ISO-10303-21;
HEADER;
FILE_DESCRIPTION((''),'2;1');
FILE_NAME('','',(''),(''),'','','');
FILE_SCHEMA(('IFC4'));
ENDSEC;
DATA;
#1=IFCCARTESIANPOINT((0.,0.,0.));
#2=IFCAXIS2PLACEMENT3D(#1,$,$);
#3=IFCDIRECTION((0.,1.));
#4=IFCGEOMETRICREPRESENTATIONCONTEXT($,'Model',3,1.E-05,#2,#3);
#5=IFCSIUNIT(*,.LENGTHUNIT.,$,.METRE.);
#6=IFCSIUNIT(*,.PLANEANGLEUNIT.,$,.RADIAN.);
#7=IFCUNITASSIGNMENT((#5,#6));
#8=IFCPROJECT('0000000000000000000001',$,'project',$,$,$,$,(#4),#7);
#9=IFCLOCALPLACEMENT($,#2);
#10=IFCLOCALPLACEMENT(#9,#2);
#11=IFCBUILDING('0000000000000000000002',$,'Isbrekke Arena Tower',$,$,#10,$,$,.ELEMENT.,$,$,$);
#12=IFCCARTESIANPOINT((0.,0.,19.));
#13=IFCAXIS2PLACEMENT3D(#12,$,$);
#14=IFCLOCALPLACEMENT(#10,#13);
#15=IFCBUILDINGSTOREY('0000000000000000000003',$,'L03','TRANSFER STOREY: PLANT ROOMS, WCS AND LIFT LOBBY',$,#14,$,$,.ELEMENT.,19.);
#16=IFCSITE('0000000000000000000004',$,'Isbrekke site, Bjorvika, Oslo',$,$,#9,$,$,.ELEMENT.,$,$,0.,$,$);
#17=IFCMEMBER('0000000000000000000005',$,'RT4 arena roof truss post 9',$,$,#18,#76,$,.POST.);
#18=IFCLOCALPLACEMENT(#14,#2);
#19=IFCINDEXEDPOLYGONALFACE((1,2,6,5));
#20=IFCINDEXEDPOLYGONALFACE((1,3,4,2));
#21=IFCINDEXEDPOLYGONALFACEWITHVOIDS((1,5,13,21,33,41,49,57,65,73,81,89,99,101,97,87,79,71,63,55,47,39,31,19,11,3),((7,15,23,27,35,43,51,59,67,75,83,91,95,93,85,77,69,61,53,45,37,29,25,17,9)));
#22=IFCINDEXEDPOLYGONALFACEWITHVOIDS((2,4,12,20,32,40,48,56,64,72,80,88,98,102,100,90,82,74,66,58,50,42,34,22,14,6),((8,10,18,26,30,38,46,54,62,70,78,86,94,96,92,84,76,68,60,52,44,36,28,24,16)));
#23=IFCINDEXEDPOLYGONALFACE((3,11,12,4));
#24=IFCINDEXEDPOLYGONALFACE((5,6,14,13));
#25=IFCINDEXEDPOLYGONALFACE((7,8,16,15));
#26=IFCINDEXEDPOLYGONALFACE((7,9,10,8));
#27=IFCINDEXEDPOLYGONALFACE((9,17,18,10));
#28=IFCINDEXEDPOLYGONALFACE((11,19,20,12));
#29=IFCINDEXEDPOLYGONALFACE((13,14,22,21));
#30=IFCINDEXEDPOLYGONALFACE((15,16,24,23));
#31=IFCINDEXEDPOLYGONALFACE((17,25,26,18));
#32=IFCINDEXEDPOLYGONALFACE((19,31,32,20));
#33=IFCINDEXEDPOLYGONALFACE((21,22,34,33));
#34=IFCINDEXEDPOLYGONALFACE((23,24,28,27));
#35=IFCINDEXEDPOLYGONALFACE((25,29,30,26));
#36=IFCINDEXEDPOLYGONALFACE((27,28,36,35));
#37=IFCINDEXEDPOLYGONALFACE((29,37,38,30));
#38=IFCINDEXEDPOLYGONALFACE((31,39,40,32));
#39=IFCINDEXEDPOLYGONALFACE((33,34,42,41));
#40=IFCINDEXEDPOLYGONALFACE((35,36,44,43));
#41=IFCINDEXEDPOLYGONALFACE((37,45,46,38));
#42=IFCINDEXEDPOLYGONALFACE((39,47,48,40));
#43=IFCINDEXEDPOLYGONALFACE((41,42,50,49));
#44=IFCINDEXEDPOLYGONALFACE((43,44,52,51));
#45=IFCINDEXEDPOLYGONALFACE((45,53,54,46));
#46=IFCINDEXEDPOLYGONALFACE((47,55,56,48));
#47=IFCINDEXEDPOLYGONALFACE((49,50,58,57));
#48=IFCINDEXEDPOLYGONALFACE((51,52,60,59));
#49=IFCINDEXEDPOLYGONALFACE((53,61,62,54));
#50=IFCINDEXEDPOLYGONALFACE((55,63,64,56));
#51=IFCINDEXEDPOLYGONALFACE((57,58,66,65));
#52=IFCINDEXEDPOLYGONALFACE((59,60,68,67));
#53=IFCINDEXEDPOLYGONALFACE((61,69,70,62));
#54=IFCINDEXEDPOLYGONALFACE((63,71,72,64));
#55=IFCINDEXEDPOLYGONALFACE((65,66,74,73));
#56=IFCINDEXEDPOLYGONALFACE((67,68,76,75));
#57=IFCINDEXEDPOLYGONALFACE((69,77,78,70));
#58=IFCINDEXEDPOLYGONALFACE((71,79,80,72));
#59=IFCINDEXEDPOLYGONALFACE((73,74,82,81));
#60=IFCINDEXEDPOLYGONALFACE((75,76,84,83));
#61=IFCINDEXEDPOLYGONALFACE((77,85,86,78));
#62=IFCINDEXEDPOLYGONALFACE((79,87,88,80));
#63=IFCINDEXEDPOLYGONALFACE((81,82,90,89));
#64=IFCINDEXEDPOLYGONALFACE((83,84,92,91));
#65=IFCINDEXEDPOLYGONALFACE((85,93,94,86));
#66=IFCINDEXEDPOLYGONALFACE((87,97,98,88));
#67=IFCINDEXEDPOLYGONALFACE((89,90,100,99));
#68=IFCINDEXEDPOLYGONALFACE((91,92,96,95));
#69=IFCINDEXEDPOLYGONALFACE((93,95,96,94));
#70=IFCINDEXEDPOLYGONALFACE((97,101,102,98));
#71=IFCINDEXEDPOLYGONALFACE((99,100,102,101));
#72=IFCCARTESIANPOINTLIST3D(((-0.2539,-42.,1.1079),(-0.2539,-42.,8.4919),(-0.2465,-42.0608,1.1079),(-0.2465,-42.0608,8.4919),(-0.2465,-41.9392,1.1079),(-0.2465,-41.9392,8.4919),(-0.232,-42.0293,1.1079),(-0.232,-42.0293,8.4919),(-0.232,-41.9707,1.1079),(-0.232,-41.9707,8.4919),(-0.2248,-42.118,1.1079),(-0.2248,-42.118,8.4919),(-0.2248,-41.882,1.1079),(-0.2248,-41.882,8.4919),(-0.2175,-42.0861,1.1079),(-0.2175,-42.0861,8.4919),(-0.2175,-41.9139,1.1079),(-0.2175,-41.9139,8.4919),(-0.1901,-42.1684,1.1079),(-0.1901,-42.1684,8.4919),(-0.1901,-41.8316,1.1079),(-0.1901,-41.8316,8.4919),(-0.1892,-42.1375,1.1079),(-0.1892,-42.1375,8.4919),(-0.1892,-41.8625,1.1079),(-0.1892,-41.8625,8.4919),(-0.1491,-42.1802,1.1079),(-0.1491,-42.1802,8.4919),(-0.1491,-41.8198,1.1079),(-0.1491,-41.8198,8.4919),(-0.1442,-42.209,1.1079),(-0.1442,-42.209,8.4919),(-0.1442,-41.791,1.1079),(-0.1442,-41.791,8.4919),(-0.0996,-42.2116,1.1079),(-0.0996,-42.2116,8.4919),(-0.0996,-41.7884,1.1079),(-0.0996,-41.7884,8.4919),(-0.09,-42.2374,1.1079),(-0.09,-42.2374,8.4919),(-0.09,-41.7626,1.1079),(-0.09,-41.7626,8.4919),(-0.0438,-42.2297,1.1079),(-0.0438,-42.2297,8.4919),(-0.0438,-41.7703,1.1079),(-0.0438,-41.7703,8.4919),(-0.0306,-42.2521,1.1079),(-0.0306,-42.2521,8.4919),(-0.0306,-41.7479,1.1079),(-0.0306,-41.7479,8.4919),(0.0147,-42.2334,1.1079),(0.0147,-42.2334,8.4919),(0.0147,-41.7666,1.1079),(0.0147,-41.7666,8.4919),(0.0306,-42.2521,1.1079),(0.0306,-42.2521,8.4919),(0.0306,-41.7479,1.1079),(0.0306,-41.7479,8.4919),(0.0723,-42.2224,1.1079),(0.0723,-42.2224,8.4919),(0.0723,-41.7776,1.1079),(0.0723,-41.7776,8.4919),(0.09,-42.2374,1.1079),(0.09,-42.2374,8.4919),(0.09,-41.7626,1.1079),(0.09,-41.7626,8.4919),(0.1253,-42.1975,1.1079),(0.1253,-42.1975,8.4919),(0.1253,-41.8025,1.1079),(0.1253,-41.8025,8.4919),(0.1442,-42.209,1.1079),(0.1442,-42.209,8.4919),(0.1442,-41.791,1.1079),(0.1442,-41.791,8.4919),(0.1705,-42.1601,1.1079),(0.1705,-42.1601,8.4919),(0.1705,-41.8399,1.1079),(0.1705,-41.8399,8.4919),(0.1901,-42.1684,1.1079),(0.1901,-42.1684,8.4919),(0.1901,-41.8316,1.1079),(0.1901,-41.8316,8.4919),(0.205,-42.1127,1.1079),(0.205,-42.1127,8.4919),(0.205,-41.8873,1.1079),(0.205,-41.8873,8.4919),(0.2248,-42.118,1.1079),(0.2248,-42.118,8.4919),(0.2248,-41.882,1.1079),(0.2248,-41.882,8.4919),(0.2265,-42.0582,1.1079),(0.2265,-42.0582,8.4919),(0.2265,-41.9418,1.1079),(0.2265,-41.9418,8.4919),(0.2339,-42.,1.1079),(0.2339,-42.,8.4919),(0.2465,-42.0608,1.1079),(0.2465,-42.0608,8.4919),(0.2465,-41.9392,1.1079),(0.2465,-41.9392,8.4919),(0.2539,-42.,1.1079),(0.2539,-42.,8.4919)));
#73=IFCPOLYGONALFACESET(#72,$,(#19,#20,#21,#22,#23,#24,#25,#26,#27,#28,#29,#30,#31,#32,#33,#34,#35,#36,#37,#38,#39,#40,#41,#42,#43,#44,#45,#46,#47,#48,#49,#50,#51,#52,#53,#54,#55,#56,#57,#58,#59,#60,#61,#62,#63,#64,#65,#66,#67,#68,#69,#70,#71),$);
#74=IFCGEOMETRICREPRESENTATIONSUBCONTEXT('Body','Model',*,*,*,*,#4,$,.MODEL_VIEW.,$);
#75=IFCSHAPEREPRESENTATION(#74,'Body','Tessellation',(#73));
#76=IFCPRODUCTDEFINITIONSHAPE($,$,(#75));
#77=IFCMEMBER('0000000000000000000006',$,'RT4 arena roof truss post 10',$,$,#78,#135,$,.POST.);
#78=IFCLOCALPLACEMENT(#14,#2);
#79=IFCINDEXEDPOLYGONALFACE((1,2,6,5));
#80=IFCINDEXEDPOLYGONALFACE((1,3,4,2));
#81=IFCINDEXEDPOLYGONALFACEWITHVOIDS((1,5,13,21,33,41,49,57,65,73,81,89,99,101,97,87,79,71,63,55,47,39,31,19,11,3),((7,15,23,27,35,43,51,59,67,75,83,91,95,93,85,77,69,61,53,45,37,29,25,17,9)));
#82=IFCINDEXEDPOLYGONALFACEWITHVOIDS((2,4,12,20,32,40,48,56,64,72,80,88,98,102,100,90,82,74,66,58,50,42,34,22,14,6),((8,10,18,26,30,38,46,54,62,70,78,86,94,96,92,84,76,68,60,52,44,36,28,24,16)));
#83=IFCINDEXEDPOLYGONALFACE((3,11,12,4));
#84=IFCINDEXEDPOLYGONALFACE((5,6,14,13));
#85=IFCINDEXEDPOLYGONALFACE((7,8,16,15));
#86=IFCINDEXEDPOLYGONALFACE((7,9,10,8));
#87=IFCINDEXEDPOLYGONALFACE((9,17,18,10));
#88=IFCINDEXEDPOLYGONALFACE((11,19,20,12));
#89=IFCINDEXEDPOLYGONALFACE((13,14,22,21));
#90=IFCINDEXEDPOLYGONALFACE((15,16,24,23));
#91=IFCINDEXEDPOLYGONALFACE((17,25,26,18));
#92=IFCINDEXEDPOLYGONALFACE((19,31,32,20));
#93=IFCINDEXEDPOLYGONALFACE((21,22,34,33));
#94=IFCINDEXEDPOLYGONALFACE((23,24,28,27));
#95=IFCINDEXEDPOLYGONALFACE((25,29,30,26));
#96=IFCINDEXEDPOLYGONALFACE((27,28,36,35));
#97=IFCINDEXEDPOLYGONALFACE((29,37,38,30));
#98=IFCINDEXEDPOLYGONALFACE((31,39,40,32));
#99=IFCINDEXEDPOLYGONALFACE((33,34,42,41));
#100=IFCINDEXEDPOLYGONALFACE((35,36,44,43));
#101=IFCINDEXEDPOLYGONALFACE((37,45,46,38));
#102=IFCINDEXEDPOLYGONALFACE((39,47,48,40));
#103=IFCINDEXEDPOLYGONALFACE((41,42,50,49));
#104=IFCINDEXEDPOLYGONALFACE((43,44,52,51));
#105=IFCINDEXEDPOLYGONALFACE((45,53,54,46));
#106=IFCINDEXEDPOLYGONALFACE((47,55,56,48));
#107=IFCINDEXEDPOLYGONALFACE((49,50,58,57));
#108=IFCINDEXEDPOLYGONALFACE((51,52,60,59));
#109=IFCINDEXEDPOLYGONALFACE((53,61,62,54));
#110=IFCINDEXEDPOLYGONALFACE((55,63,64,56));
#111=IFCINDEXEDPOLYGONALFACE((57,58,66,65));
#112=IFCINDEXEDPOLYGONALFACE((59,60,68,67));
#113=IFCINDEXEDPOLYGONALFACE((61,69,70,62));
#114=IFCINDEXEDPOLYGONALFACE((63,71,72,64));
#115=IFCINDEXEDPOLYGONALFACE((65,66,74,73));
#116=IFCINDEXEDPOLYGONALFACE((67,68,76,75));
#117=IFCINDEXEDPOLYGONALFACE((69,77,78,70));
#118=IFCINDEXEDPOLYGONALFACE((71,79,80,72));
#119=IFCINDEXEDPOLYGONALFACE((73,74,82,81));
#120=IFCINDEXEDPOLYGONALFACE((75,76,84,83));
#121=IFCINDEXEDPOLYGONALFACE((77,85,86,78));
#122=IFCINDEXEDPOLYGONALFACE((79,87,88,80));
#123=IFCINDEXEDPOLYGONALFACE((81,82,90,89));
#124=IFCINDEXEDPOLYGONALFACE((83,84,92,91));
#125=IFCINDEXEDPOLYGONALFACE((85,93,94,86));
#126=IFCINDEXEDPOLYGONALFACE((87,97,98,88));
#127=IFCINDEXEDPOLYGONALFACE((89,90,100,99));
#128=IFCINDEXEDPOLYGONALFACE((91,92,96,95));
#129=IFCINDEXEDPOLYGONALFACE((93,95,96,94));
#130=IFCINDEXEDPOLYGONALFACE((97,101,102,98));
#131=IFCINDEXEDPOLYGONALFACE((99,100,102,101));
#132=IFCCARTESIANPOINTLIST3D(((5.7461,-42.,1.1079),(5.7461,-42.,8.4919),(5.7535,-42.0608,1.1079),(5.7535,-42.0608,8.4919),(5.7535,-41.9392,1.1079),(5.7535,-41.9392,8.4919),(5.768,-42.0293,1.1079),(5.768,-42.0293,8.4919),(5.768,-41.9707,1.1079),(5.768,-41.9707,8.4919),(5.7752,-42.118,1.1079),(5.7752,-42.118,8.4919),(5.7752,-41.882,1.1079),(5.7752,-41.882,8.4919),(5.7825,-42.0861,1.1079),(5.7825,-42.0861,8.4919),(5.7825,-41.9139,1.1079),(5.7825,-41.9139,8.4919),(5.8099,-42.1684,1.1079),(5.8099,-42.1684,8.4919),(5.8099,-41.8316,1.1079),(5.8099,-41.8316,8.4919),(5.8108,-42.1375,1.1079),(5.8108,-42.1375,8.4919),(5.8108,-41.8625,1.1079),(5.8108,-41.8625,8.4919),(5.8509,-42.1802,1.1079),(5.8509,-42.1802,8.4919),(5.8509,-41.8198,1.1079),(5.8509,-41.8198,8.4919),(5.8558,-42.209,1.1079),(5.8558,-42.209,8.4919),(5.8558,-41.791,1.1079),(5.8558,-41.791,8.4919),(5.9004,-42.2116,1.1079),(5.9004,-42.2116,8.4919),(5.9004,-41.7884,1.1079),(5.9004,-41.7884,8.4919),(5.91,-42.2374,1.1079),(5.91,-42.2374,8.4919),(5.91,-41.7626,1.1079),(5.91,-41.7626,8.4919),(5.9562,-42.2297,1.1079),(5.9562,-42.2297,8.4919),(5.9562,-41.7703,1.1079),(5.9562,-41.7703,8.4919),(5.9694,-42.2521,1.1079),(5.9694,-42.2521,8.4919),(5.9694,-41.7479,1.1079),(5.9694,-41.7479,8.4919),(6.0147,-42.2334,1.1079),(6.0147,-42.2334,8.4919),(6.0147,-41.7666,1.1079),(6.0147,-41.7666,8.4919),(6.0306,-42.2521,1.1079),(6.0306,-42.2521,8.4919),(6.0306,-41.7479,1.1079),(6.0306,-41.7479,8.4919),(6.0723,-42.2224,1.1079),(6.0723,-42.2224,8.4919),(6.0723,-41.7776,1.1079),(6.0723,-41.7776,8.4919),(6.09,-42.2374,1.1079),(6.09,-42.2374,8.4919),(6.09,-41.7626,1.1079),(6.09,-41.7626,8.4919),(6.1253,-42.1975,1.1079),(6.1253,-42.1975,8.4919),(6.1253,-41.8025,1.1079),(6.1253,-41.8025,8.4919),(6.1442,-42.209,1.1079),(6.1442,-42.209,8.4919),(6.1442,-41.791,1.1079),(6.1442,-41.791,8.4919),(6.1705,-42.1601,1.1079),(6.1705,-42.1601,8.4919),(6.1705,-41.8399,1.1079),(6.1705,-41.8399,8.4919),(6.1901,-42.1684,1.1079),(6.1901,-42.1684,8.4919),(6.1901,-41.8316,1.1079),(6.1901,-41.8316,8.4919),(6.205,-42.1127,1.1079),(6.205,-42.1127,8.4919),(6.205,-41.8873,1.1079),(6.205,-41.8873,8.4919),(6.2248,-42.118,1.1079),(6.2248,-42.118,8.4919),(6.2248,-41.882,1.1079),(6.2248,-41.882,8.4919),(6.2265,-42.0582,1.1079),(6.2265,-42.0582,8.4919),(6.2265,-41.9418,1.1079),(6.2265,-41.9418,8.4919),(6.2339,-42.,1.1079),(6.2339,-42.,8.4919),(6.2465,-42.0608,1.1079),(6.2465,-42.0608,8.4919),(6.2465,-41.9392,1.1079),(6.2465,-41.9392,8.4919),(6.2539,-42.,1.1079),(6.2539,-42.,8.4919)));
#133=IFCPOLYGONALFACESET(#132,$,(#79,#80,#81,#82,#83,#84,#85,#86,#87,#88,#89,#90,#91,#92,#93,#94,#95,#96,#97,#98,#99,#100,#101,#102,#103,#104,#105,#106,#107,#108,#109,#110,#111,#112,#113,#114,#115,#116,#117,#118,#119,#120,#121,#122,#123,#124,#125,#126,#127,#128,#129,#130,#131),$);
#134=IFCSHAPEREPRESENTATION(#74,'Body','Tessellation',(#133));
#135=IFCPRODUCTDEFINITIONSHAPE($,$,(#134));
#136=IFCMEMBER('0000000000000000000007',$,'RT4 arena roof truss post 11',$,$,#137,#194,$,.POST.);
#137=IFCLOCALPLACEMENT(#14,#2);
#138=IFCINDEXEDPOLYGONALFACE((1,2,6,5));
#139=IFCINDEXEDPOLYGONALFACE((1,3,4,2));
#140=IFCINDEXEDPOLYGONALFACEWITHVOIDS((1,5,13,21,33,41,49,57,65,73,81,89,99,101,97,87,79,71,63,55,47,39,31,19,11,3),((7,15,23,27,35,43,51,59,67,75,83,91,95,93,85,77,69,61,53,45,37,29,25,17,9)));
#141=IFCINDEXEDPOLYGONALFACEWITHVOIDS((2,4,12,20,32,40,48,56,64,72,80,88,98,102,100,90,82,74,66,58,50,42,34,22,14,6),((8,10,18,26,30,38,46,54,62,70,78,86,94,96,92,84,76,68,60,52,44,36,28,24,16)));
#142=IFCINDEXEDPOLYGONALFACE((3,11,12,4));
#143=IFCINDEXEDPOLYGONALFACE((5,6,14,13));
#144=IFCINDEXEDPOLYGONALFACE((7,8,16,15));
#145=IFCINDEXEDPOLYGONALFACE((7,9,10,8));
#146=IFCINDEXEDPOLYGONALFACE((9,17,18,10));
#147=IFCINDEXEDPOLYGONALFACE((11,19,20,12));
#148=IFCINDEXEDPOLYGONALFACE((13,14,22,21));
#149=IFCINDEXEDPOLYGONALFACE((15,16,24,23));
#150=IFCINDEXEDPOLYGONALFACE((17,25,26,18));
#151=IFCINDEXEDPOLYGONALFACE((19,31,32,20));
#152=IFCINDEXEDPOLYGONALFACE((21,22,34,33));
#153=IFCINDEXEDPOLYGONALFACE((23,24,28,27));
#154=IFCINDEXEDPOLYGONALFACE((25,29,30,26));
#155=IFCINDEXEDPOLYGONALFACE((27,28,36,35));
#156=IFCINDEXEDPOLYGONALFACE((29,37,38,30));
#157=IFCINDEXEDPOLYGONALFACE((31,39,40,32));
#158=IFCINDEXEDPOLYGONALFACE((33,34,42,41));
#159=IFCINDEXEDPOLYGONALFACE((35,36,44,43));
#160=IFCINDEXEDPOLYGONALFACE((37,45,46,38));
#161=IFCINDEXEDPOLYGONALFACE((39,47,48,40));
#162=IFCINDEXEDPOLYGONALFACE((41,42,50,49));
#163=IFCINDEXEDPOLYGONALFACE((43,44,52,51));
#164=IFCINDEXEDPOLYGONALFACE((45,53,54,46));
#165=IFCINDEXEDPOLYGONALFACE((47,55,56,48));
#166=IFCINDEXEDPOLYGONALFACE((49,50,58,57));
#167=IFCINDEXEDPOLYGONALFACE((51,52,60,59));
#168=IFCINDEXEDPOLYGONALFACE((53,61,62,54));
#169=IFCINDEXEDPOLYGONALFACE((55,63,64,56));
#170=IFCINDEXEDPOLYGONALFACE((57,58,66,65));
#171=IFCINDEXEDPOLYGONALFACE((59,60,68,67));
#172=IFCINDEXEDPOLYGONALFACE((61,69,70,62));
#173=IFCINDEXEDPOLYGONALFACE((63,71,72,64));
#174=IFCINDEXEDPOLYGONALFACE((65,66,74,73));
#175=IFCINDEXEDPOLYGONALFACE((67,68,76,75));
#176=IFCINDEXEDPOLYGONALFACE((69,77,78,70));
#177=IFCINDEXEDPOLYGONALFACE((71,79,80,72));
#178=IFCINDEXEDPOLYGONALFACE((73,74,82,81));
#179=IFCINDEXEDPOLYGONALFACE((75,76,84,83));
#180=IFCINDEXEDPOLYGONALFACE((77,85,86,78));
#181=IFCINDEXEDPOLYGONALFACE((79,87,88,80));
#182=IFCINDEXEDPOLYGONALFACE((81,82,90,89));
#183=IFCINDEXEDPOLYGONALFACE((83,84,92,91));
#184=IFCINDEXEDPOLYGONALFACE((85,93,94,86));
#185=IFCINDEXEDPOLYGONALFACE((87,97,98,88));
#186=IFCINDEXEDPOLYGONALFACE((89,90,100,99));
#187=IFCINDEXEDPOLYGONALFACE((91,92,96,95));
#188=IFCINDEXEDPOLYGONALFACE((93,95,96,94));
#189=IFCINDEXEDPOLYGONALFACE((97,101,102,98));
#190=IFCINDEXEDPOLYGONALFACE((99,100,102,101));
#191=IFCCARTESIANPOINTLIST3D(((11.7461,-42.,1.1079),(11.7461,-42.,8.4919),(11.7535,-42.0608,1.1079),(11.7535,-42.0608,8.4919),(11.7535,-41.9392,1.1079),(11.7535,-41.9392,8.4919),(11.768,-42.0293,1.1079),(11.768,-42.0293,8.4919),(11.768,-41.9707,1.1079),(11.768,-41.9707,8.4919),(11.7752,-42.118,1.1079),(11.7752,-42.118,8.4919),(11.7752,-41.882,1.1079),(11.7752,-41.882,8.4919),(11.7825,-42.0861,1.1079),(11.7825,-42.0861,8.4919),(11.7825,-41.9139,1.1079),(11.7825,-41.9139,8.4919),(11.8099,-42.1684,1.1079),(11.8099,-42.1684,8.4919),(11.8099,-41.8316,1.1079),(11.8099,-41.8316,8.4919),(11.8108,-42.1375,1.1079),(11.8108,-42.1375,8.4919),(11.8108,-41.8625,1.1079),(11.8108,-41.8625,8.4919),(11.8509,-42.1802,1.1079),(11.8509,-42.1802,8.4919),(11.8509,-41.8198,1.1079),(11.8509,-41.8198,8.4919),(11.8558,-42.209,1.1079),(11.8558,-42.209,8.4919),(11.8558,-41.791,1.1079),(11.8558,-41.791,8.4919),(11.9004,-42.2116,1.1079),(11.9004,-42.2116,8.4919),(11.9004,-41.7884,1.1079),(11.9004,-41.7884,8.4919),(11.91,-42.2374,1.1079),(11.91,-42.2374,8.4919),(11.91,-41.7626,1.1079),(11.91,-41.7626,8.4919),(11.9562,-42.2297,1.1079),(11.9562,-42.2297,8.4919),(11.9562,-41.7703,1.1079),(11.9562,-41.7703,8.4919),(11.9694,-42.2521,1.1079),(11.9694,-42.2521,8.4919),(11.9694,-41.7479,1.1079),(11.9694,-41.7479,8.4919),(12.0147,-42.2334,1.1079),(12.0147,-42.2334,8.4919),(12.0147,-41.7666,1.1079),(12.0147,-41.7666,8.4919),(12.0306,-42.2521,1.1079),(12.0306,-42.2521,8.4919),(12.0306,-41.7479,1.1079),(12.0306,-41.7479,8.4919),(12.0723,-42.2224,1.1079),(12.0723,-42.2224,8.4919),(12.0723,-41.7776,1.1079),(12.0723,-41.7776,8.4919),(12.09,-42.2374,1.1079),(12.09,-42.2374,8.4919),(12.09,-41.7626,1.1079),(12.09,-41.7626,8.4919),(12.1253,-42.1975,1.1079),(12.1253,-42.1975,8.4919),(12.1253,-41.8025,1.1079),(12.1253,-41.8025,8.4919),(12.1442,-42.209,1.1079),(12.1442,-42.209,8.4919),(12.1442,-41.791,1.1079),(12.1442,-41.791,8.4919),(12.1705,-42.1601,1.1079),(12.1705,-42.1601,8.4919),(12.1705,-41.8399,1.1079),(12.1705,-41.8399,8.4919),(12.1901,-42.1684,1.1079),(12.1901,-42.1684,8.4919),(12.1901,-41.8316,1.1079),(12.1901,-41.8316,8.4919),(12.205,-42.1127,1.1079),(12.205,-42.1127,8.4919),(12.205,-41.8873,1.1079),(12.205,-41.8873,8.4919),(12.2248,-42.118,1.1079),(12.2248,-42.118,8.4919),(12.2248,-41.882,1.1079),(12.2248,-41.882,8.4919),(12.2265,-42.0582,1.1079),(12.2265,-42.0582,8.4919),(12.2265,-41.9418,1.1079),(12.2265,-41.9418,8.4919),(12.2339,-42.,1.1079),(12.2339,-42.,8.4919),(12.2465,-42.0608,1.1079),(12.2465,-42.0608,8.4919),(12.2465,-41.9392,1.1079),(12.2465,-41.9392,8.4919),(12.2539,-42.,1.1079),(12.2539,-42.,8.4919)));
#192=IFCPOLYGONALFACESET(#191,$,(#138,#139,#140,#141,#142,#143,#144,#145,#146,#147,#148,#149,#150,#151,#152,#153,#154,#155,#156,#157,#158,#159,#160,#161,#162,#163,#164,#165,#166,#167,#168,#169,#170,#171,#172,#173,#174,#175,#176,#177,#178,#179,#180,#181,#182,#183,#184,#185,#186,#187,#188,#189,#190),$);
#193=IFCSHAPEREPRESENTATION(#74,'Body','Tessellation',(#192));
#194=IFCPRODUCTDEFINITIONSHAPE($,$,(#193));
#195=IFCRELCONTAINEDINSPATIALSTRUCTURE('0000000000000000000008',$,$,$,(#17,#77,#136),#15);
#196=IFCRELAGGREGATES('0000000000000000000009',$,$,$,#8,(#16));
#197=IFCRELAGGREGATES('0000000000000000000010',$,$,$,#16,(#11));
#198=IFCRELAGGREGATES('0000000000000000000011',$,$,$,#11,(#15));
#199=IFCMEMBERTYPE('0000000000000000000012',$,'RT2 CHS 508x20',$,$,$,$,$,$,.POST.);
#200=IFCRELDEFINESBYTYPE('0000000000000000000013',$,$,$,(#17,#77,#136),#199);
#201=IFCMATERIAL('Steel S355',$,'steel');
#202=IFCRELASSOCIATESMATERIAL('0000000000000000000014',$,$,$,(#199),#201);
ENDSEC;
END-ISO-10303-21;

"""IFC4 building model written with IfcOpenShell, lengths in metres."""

from ifc_helpers import new_model, si_unit, direction, frame, origin, origin_2d, place, context, subcontext, project, spatial, hollow_circle, extrude, material, material_profile, profile_set, type_object, element, save


model = new_model("IFC4")

# Units and contexts
model_context = context("Model", 3, precision=1e-05, world=origin(), true_north=direction((0.0, 1.0)))
body_context = subcontext(model_context, "Body", "Model", "MODEL_VIEW")
ifc_project = project(units=[si_unit("LENGTHUNIT", "METRE"), si_unit("PLANEANGLEUNIT", "RADIAN")], contexts=[model_context])

# Site, building, storey
site_placement = place(None, origin())
site = spatial("IfcSite", under=ifc_project, at=site_placement, Name="Isbrekke site, Bjorvika, Oslo", CompositionType="ELEMENT", RefElevation=0.0)
building_placement = place(site_placement, origin())
building = spatial("IfcBuilding", under=site, at=building_placement, Name="Isbrekke Arena Tower", CompositionType="ELEMENT")
storey_placement = place(building_placement, frame((0.0, 0.0, 19.0)))
storey = spatial("IfcBuildingStorey", under=building, at=storey_placement, Name="L03", Description="TRANSFER STOREY: PLANT ROOMS, WCS AND LIFT LOBBY", CompositionType="ELEMENT", Elevation=19.0)

# Members
ifc_material_1 = material(Name="Steel S355", Category="steel")
ifc_material_profile_1 = material_profile(ifc_material_1, hollow_circle(Radius=0.2539, WallThickness=0.02, at=origin_2d()), Name="CHS 508x20")
ifc_profile_set_1 = profile_set([ifc_material_profile_1], Name="Steel S355")
member_type_1 = type_object("IfcMemberType", Name="RT2 CHS 508x20", PredefinedType="POST", material=ifc_profile_set_1)
for number, where, z_axis, x_axis, name in (
    (1, (0.0, -42.0, 1.1079), (0.0, 0.0, 1.0), (1.0, 0.0, 0.0), "RT4 arena roof truss post 9"),
    (2, (6.0, -42.0, 1.1079), (0.0, 0.0, 1.0), (1.0, 0.0, 0.0), "RT4 arena roof truss post 10"),
    (3, (12.0, -42.0, 1.1079), (0.0, 0.0, 1.0), (1.0, 0.0, 0.0), "RT4 arena roof truss post 11"),
):
    element("IfcMember", number, at=place(storey_placement, frame(where, z_axis=z_axis, x_axis=x_axis)), inside=storey, type_object=member_type_1, Name=name, PredefinedType="POST", context=body_context, shape_type="SweptSolid", body=[
        extrude(hollow_circle(Radius=0.2539, WallThickness=0.02, at=origin_2d()), origin(), (0.0, 0.0, 1.0), 7.384),
    ])

save(model, "model.ifc")
